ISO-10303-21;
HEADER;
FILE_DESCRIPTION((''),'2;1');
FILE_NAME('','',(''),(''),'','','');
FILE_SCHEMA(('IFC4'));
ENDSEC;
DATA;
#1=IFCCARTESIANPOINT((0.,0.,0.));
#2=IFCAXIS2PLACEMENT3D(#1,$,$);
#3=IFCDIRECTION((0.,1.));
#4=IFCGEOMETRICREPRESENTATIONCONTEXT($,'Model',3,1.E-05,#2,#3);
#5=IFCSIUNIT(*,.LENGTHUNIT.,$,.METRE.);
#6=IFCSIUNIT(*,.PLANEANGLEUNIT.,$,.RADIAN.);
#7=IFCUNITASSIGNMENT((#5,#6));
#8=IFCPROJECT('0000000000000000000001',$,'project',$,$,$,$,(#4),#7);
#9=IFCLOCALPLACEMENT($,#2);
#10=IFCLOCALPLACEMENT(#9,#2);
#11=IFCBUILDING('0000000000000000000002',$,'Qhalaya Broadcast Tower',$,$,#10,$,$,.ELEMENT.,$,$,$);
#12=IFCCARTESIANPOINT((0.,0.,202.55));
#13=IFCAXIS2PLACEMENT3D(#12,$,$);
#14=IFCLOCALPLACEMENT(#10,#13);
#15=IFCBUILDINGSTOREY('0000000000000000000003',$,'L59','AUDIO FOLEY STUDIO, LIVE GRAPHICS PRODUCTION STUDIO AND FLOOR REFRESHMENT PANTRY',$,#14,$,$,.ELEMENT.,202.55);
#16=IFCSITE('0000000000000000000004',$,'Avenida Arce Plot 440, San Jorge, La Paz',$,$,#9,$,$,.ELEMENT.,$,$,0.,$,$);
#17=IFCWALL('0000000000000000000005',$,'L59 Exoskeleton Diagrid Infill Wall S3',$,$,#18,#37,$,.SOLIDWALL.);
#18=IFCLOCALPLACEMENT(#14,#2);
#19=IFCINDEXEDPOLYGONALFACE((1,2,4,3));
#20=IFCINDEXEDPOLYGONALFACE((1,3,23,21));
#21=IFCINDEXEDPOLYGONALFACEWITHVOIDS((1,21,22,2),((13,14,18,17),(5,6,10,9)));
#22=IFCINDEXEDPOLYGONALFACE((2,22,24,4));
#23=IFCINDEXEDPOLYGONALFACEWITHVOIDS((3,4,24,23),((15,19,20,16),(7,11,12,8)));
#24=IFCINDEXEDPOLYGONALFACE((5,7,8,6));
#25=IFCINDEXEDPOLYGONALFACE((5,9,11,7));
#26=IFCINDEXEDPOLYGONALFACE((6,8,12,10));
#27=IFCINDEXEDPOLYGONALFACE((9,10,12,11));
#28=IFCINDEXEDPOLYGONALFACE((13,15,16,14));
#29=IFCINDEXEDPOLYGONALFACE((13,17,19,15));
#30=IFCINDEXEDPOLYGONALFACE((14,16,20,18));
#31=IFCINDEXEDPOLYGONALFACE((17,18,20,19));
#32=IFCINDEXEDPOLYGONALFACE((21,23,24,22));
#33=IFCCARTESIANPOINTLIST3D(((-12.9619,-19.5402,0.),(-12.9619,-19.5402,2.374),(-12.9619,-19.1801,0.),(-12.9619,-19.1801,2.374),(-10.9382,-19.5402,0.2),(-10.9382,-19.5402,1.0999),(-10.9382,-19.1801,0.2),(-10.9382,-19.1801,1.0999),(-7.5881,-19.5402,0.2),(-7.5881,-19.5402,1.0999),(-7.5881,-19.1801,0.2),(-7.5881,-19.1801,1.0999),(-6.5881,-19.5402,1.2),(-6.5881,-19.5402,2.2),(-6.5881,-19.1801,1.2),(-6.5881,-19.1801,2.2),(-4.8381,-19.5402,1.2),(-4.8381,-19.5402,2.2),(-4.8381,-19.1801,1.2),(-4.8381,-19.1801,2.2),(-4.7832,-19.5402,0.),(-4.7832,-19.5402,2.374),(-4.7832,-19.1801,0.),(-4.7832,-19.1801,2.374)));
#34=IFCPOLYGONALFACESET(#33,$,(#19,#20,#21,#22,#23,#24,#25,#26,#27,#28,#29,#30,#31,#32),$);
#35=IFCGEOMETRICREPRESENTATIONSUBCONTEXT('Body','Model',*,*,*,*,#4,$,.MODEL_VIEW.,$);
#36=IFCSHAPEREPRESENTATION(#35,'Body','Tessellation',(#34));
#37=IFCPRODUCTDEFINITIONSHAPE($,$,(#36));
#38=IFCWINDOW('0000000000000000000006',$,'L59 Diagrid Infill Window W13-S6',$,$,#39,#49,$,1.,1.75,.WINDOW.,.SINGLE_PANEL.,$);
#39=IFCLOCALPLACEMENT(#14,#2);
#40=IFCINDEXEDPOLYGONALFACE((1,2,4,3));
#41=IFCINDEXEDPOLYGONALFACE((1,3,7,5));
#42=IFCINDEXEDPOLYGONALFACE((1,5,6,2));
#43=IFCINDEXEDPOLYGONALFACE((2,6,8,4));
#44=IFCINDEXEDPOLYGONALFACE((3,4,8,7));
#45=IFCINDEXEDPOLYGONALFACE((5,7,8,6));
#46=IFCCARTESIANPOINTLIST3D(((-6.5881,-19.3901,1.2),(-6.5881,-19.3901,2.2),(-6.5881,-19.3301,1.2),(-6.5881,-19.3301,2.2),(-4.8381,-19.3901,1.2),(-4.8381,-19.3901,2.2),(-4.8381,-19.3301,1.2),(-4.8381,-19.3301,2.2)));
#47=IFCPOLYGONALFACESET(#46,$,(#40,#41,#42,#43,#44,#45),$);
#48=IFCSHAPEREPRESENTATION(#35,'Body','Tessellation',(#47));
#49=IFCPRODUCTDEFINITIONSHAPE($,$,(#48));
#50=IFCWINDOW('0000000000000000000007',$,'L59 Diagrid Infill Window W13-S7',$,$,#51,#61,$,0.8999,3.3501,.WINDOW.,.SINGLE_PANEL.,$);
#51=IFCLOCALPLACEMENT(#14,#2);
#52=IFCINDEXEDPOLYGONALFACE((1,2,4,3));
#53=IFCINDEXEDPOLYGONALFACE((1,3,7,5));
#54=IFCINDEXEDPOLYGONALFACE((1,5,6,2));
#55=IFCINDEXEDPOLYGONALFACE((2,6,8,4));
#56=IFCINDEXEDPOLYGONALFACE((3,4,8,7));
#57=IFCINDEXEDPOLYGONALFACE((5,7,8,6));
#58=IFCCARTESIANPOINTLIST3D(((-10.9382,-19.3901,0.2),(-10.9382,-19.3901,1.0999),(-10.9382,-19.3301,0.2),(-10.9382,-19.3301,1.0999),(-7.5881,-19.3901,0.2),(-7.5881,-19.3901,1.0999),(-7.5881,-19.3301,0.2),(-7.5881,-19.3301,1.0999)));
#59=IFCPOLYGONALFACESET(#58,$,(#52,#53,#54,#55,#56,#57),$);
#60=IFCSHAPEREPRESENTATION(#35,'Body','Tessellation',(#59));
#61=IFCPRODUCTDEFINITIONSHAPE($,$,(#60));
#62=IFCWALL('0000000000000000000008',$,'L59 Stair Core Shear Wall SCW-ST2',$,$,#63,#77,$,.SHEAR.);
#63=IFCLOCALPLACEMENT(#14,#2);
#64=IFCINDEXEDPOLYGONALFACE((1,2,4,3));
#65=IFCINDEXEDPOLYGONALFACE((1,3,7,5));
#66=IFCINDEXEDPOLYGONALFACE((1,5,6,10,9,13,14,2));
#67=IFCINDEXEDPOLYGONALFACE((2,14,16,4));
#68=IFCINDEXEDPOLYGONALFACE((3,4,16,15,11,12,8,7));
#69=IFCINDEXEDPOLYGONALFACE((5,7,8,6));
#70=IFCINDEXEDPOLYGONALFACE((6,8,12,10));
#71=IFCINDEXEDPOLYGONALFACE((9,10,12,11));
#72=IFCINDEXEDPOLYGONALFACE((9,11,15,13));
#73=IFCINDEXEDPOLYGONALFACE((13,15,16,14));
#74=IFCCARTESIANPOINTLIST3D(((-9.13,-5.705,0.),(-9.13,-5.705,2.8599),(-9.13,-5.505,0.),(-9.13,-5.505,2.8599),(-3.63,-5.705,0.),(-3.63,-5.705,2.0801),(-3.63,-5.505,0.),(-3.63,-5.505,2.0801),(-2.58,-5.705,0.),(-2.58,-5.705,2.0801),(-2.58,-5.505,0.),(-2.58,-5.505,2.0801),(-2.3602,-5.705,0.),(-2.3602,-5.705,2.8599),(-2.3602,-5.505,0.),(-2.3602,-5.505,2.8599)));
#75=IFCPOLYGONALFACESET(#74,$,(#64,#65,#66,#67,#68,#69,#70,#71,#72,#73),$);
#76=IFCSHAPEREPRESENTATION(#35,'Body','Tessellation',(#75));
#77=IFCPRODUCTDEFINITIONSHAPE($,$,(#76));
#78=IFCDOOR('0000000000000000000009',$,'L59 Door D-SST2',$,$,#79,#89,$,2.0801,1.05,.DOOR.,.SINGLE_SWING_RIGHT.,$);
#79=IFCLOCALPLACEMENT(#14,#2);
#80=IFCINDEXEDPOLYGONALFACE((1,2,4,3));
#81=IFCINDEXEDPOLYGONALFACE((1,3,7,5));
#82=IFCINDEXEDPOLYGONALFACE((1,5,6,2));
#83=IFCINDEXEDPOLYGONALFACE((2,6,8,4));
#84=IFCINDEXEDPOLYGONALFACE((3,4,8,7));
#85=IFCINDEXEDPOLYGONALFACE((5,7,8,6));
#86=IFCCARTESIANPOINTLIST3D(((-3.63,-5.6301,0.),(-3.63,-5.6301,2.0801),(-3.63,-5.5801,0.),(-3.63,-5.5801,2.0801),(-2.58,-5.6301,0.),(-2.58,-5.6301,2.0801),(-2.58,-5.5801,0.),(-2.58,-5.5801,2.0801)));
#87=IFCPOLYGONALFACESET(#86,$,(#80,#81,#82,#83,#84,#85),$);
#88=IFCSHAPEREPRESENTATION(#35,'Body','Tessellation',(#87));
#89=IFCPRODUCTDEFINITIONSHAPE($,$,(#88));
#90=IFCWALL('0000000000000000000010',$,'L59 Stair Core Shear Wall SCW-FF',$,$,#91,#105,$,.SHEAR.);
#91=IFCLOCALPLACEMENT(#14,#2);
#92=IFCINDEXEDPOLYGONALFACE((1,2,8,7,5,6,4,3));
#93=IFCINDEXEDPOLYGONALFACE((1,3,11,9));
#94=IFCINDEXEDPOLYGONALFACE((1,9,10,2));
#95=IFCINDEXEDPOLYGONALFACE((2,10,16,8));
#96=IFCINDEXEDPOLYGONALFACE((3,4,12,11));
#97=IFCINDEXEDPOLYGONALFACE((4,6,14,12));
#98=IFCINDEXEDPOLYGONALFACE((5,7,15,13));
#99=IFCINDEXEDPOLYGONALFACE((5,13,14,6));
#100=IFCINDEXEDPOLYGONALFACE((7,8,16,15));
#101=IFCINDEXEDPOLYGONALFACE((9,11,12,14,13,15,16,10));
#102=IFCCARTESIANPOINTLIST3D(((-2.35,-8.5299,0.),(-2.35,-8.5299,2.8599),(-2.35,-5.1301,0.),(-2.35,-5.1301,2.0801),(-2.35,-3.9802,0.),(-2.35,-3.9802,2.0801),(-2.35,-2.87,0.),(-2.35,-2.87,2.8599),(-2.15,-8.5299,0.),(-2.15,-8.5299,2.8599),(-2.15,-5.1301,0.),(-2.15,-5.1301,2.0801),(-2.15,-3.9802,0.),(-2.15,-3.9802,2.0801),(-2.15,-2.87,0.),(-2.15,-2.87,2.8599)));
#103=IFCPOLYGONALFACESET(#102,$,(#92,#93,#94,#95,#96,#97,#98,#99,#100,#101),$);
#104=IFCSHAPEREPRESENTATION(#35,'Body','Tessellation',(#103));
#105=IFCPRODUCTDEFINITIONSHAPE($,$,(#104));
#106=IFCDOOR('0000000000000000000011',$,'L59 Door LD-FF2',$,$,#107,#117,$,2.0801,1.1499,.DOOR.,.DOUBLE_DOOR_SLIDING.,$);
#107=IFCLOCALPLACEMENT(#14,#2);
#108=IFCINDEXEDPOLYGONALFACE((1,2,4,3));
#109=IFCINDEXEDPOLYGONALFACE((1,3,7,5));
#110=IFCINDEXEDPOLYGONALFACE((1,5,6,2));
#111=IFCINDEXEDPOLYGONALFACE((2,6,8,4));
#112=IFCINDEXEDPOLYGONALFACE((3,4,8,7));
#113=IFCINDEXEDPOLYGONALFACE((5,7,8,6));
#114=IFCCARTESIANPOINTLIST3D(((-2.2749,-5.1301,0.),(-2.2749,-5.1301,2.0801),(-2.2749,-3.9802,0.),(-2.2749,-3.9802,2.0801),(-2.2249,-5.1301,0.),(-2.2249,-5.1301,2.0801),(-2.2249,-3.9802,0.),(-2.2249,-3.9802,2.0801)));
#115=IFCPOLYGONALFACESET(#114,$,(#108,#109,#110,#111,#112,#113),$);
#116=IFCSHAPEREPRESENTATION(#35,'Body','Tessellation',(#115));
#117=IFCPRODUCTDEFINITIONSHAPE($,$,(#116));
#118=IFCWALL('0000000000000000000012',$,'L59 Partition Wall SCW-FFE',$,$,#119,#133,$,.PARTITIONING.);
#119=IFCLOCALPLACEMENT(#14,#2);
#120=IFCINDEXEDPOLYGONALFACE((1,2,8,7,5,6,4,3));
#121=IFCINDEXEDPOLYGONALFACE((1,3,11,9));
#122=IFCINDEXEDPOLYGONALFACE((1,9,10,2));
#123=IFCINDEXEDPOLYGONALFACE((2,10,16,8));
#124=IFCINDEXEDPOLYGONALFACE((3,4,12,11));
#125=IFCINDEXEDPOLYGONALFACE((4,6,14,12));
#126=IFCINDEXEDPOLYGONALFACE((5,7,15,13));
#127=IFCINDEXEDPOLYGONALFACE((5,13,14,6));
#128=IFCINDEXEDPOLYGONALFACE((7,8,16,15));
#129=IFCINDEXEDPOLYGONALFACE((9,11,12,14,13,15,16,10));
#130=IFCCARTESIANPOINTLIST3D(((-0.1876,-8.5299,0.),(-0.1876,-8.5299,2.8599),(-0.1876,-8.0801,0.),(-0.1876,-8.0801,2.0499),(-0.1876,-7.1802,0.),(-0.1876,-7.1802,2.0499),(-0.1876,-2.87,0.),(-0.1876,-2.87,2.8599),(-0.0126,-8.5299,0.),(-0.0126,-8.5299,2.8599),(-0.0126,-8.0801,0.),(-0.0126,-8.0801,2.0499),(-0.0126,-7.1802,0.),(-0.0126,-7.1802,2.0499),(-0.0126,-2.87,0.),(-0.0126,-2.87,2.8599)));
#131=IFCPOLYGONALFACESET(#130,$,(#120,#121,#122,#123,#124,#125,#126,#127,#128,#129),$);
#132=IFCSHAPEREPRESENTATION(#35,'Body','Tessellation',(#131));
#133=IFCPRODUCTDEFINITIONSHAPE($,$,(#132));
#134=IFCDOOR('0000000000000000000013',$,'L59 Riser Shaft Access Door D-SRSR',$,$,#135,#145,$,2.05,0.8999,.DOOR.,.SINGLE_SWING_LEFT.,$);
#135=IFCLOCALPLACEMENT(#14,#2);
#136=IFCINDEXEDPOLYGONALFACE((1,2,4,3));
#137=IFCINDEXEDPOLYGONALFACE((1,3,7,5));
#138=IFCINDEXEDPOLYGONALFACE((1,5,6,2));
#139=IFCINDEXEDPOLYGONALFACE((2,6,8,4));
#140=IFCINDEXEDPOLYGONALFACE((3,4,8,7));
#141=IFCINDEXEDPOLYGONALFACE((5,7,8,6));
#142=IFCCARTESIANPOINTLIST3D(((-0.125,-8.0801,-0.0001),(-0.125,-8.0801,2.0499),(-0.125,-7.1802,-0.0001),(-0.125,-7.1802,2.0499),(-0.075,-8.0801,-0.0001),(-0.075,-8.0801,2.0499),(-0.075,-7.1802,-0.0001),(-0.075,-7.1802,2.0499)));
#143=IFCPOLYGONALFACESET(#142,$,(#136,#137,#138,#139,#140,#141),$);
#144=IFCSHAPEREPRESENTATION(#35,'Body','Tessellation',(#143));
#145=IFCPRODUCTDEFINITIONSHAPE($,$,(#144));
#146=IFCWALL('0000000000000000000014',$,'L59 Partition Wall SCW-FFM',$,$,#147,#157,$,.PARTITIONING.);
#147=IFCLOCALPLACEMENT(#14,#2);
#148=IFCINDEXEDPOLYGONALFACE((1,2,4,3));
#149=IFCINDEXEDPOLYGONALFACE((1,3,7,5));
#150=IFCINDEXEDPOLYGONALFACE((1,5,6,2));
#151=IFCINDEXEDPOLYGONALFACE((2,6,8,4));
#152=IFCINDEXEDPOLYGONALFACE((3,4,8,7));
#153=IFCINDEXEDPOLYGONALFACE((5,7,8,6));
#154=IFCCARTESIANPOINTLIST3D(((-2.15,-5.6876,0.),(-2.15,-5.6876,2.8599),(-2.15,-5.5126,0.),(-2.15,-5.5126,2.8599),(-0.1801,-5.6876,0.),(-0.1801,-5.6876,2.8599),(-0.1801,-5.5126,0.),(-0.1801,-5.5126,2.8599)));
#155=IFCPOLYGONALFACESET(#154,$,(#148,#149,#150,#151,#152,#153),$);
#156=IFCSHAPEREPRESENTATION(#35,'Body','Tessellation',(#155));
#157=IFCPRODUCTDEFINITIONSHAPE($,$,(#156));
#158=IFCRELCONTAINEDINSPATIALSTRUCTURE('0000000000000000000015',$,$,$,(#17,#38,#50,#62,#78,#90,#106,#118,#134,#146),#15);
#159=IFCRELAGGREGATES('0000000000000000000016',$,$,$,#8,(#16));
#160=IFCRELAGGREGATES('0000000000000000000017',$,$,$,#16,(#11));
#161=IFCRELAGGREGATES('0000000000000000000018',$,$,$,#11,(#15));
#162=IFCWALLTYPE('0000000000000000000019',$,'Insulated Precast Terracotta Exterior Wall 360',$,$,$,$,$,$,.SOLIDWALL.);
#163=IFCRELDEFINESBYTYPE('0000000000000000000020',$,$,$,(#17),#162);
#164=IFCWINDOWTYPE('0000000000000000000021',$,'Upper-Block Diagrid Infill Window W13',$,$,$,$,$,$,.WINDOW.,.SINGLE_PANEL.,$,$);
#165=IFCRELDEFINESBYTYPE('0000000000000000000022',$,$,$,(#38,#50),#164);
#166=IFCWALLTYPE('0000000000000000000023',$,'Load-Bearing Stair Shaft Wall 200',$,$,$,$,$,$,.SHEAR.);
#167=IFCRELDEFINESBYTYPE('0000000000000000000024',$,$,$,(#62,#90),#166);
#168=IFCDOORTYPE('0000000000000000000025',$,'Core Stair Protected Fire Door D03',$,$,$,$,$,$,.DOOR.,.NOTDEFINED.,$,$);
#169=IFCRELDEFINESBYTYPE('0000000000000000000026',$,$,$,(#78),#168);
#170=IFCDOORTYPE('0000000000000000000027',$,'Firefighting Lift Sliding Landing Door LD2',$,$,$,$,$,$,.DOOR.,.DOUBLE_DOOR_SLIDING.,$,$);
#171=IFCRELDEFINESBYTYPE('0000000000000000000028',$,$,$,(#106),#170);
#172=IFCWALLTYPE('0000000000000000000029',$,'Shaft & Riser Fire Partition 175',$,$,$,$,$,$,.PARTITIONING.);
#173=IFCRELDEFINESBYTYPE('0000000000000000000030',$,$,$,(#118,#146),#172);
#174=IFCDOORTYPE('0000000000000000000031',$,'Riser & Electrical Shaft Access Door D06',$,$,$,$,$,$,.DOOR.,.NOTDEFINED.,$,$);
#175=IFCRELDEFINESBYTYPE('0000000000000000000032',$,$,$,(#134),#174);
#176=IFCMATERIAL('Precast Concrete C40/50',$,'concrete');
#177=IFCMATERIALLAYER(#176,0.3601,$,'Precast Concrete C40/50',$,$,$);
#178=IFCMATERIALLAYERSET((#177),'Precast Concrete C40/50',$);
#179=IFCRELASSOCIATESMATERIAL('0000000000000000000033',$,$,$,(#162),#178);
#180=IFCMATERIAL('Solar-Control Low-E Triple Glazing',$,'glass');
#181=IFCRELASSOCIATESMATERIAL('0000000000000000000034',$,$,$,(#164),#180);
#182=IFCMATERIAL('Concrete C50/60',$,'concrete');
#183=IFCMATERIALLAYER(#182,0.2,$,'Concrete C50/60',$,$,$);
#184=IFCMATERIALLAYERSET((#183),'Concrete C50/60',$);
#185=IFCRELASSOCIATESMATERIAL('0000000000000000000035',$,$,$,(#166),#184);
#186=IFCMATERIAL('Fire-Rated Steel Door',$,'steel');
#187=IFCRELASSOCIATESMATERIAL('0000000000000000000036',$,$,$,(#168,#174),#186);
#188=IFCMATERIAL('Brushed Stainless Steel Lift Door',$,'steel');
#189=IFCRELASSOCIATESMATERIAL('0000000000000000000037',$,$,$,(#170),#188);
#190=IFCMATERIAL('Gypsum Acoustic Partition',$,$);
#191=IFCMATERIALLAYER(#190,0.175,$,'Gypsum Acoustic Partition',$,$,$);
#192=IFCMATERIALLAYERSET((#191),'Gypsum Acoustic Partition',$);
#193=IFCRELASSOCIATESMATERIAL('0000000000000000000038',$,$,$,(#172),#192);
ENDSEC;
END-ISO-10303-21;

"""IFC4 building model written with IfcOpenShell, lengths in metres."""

from ifc_helpers import new_model, si_unit, direction, frame, frame_2d, origin, place, context, subcontext, project, spatial, rectangle, extrude, material, layer, layer_set, type_object, element, fill, save


model = new_model("IFC4")

# Units and contexts
model_context = context("Model", 3, precision=1e-05, world=origin(), true_north=direction((0.0, 1.0)))
body_context = subcontext(model_context, "Body", "Model", "MODEL_VIEW")
ifc_project = project(units=[si_unit("LENGTHUNIT", "METRE"), si_unit("PLANEANGLEUNIT", "RADIAN")], contexts=[model_context])

# Site, building, storey
site_placement = place(None, origin())
site = spatial("IfcSite", under=ifc_project, at=site_placement, Name="Avenida Arce Plot 440, San Jorge, La Paz", CompositionType="ELEMENT", RefElevation=0.0)
building_placement = place(site_placement, origin())
building = spatial("IfcBuilding", under=site, at=building_placement, Name="Qhalaya Broadcast Tower", CompositionType="ELEMENT")
storey_placement = place(building_placement, frame((0.0, 0.0, 202.55)))
storey = spatial("IfcBuildingStorey", under=building, at=storey_placement, Name="L59", Description="AUDIO FOLEY STUDIO, LIVE GRAPHICS PRODUCTION STUDIO AND FLOOR REFRESHMENT PANTRY", CompositionType="ELEMENT", Elevation=202.55)

# Shared definitions
ifc_material_1 = material(Name="Concrete C50/60", Category="concrete")

# Wall, openings, windows
ifc_material_2 = material(Name="Precast Concrete C40/50", Category="concrete")
ifc_layer_1 = layer(ifc_material_2, 0.3601, Name="Precast Concrete C40/50")
ifc_layer_set_1 = layer_set([ifc_layer_1], Name="Precast Concrete C40/50")
wall_type_1 = type_object("IfcWallType", Name="Insulated Precast Terracotta Exterior Wall 360", PredefinedType="SOLIDWALL", material=ifc_layer_set_1)
wall_1_placement = place(storey_placement, frame((-4.7832, -19.3601, 0.0), z_axis=(0.0, 0.0, 1.0), x_axis=(-1.0, 0.0, 0.0)))
wall_1 = element("IfcWall", 1, at=wall_1_placement, inside=storey, type_object=wall_type_1, Name="L59 Exoskeleton Diagrid Infill Wall S3", PredefinedType="SOLIDWALL", context=body_context, shape_type="SweptSolid", body=[
    extrude(rectangle(XDim=8.1787, YDim=0.3601, at=frame_2d((4.0894, 0.0))), origin(), (0.0, 0.0, 1.0), 2.374),
])
opening_1_placement = place(wall_1_placement, frame((0.0549, 0.0, 1.2)))
opening_1 = element("IfcOpeningElement", 2, at=opening_1_placement, cuts=wall_1, PredefinedType="OPENING", context=body_context, shape_type="SweptSolid", body=[
    extrude(rectangle(XDim=1.75, YDim=1.0, at=frame_2d((0.875, 0.5))), frame((0.0, 0.1921, 0.0), z_axis=(0.0, -1.0, 0.0), x_axis=(1.0, 0.0, 0.0)), (0.0, 0.0, 1.0), 0.384),
])
opening_2_placement = place(wall_1_placement, frame((2.8049, 0.0, 0.2)))
opening_2 = element("IfcOpeningElement", 3, at=opening_2_placement, cuts=wall_1, PredefinedType="OPENING", context=body_context, shape_type="SweptSolid", body=[
    extrude(rectangle(XDim=3.3501, YDim=0.8999, at=frame_2d((1.675, 0.45))), frame((0.0, 0.1921, 0.0), z_axis=(0.0, -1.0, 0.0), x_axis=(1.0, 0.0, 0.0)), (0.0, 0.0, 1.0), 0.384),
])
ifc_material_3 = material(Name="Solar-Control Low-E Triple Glazing", Category="glass")
window_type = type_object("IfcWindowType", Name="Upper-Block Diagrid Infill Window W13", PartitioningType="SINGLE_PANEL", PredefinedType="WINDOW", material=ifc_material_3)
window_1_placement = place(opening_1_placement, origin())
window_1 = element("IfcWindow", 4, at=window_1_placement, inside=storey, type_object=window_type, Name="L59 Diagrid Infill Window W13-S6", OverallHeight=1.0, OverallWidth=1.75, PartitioningType="SINGLE_PANEL", PredefinedType="WINDOW", context=body_context, shape_type="SweptSolid", body=[
    extrude(rectangle(XDim=1.75, YDim=1.0, at=frame_2d((0.875, 0.5))), frame((0.0, 0.03, 0.0), z_axis=(0.0, -1.0, 0.0), x_axis=(1.0, 0.0, 0.0)), (0.0, 0.0, 1.0), 0.0601),
])
fill(opening_1, window_1)
window_2_placement = place(opening_2_placement, origin())
window_2 = element("IfcWindow", 5, at=window_2_placement, inside=storey, type_object=window_type, Name="L59 Diagrid Infill Window W13-S7", OverallHeight=0.8999, OverallWidth=3.3501, PartitioningType="SINGLE_PANEL", PredefinedType="WINDOW", context=body_context, shape_type="SweptSolid", body=[
    extrude(rectangle(XDim=3.3501, YDim=0.8999, at=frame_2d((1.675, 0.45))), frame((0.0, 0.03, 0.0), z_axis=(0.0, -1.0, 0.0), x_axis=(1.0, 0.0, 0.0)), (0.0, 0.0, 1.0), 0.0601),
])
fill(opening_2, window_2)

# Walls, openings, doors
ifc_layer_2 = layer(ifc_material_1, 0.2, Name="Concrete C50/60")
ifc_layer_set_2 = layer_set([ifc_layer_2], Name="Concrete C50/60")
wall_type_2 = type_object("IfcWallType", Name="Load-Bearing Stair Shaft Wall 200", PredefinedType="SHEAR", material=ifc_layer_set_2)
wall_2_placement = place(storey_placement, frame((-9.1299, -5.605, 0.0), z_axis=(0.0, 0.0, 1.0), x_axis=(1.0, 0.0, 0.0)))
wall_2 = element("IfcWall", 6, at=wall_2_placement, inside=storey, type_object=wall_type_2, Name="L59 Stair Core Shear Wall SCW-ST2", PredefinedType="SHEAR", context=body_context, shape_type="SweptSolid", body=[
    extrude(rectangle(XDim=6.7698, YDim=0.2, at=frame_2d((3.3848, 0.0))), origin(), (0.0, 0.0, 1.0), 2.8599),
])
opening_3_placement = place(wall_2_placement, frame((5.5, 0.0, 0.0)))
opening_3 = element("IfcOpeningElement", 7, at=opening_3_placement, cuts=wall_2, PredefinedType="OPENING", context=body_context, shape_type="SweptSolid", body=[
    extrude(rectangle(XDim=1.05, YDim=2.0801, at=frame_2d((0.5249, 1.04))), frame((0.0, 0.1121, 0.0), z_axis=(0.0, -1.0, 0.0), x_axis=(1.0, 0.0, 0.0)), (0.0, 0.0, 1.0), 0.2239),
])
ifc_material_4 = material(Name="Fire-Rated Steel Door", Category="steel")
door_type_1 = type_object("IfcDoorType", Name="Core Stair Protected Fire Door D03", OperationType="NOTDEFINED", PredefinedType="DOOR", material=ifc_material_4)
door_1_placement = place(opening_3_placement, origin())
door_1 = element("IfcDoor", 8, at=door_1_placement, inside=storey, type_object=door_type_1, Name="L59 Door D-SST2", OperationType="SINGLE_SWING_RIGHT", OverallHeight=2.0801, OverallWidth=1.05, PredefinedType="DOOR", context=body_context, shape_type="SweptSolid", body=[
    extrude(rectangle(XDim=1.05, YDim=2.0801, at=frame_2d((0.5249, 1.04))), frame((0.0, 0.0249, 0.0), z_axis=(0.0, -1.0, 0.0), x_axis=(1.0, 0.0, 0.0)), (0.0, 0.0, 1.0), 0.05),
])
fill(opening_3, door_1)
wall_3_placement = place(storey_placement, frame((-2.25, -8.53, 0.0), z_axis=(0.0, 0.0, 1.0), x_axis=(0.0, 1.0, 0.0)))
wall_3 = element("IfcWall", 9, at=wall_3_placement, inside=storey, type_object=wall_type_2, Name="L59 Stair Core Shear Wall SCW-FF", PredefinedType="SHEAR", context=body_context, shape_type="SweptSolid", body=[
    extrude(rectangle(XDim=5.6599, YDim=0.2, at=frame_2d((2.8301, 0.0))), origin(), (0.0, 0.0, 1.0), 2.8599),
])
opening_4_placement = place(wall_3_placement, frame((3.3999, 0.0, 0.0)))
opening_4 = element("IfcOpeningElement", 10, at=opening_4_placement, cuts=wall_3, PredefinedType="OPENING", context=body_context, shape_type="SweptSolid", body=[
    extrude(rectangle(XDim=1.1499, YDim=2.0801, at=frame_2d((0.575, 1.04))), frame((0.0, 0.1121, 0.0), z_axis=(0.0, -1.0, 0.0), x_axis=(1.0, 0.0, 0.0)), (0.0, 0.0, 1.0), 0.2239),
])
ifc_material_5 = material(Name="Brushed Stainless Steel Lift Door", Category="steel")
door_type_2 = type_object("IfcDoorType", Name="Firefighting Lift Sliding Landing Door LD2", OperationType="DOUBLE_DOOR_SLIDING", PredefinedType="DOOR", material=ifc_material_5)
door_2_placement = place(opening_4_placement, origin())
door_2 = element("IfcDoor", 11, at=door_2_placement, inside=storey, type_object=door_type_2, Name="L59 Door LD-FF2", OperationType="DOUBLE_DOOR_SLIDING", OverallHeight=2.0801, OverallWidth=1.1499, PredefinedType="DOOR", context=body_context, shape_type="SweptSolid", body=[
    extrude(rectangle(XDim=1.1499, YDim=2.0801, at=frame_2d((0.575, 1.04))), frame((0.0, 0.0249, 0.0), z_axis=(0.0, -1.0, 0.0), x_axis=(1.0, 0.0, 0.0)), (0.0, 0.0, 1.0), 0.05),
])
fill(opening_4, door_2)
ifc_material_6 = material(Name="Gypsum Acoustic Partition")
ifc_layer_3 = layer(ifc_material_6, 0.175, Name="Gypsum Acoustic Partition")
ifc_layer_set_3 = layer_set([ifc_layer_3], Name="Gypsum Acoustic Partition")
wall_type_3 = type_object("IfcWallType", Name="Shaft & Riser Fire Partition 175", PredefinedType="PARTITIONING", material=ifc_layer_set_3)
wall_4_placement = place(storey_placement, frame((-0.1001, -8.53, 0.0), z_axis=(0.0, 0.0, 1.0), x_axis=(0.0, 1.0, 0.0)))
wall_4 = element("IfcWall", 12, at=wall_4_placement, inside=storey, type_object=wall_type_3, Name="L59 Partition Wall SCW-FFE", PredefinedType="PARTITIONING", context=body_context, shape_type="SweptSolid", body=[
    extrude(rectangle(XDim=5.6599, YDim=0.175, at=frame_2d((2.8301, 0.0))), origin(), (0.0, 0.0, 1.0), 2.8599),
])
opening_5_placement = place(wall_4_placement, frame((0.45, 0.0, 0.0)))
opening_5 = element("IfcOpeningElement", 13, at=opening_5_placement, cuts=wall_4, PredefinedType="OPENING", context=body_context, shape_type="SweptSolid", body=[
    extrude(rectangle(XDim=0.8999, YDim=2.05, at=frame_2d((0.45, 1.0249))), frame((0.0, 0.0996, 0.0), z_axis=(0.0, -1.0, 0.0), x_axis=(1.0, 0.0, 0.0)), (0.0, 0.0, 1.0), 0.199),
])
door_type_3 = type_object("IfcDoorType", Name="Riser & Electrical Shaft Access Door D06", OperationType="NOTDEFINED", PredefinedType="DOOR", material=ifc_material_4)
door_3_placement = place(opening_5_placement, origin())
door_3 = element("IfcDoor", 14, at=door_3_placement, inside=storey, type_object=door_type_3, Name="L59 Riser Shaft Access Door D-SRSR", OperationType="SINGLE_SWING_LEFT", OverallHeight=2.05, OverallWidth=0.8999, PredefinedType="DOOR", context=body_context, shape_type="SweptSolid", body=[
    extrude(rectangle(XDim=0.8999, YDim=2.05, at=frame_2d((0.45, 1.0249))), frame((0.0, 0.0249, 0.0), z_axis=(0.0, -1.0, 0.0), x_axis=(1.0, 0.0, 0.0)), (0.0, 0.0, 1.0), 0.05),
])
fill(opening_5, door_3)

# Wall
wall_5_placement = place(storey_placement, frame((-2.1499, -5.6001, 0.0), z_axis=(0.0, 0.0, 1.0), x_axis=(1.0, 0.0, 0.0)))
element("IfcWall", 15, at=wall_5_placement, inside=storey, type_object=wall_type_3, Name="L59 Partition Wall SCW-FFM", PredefinedType="PARTITIONING", context=body_context, shape_type="SweptSolid", body=[
    extrude(rectangle(XDim=1.97, YDim=0.175, at=frame_2d((0.9849, 0.0))), origin(), (0.0, 0.0, 1.0), 2.8599),
])

save(model, "model.ifc")
